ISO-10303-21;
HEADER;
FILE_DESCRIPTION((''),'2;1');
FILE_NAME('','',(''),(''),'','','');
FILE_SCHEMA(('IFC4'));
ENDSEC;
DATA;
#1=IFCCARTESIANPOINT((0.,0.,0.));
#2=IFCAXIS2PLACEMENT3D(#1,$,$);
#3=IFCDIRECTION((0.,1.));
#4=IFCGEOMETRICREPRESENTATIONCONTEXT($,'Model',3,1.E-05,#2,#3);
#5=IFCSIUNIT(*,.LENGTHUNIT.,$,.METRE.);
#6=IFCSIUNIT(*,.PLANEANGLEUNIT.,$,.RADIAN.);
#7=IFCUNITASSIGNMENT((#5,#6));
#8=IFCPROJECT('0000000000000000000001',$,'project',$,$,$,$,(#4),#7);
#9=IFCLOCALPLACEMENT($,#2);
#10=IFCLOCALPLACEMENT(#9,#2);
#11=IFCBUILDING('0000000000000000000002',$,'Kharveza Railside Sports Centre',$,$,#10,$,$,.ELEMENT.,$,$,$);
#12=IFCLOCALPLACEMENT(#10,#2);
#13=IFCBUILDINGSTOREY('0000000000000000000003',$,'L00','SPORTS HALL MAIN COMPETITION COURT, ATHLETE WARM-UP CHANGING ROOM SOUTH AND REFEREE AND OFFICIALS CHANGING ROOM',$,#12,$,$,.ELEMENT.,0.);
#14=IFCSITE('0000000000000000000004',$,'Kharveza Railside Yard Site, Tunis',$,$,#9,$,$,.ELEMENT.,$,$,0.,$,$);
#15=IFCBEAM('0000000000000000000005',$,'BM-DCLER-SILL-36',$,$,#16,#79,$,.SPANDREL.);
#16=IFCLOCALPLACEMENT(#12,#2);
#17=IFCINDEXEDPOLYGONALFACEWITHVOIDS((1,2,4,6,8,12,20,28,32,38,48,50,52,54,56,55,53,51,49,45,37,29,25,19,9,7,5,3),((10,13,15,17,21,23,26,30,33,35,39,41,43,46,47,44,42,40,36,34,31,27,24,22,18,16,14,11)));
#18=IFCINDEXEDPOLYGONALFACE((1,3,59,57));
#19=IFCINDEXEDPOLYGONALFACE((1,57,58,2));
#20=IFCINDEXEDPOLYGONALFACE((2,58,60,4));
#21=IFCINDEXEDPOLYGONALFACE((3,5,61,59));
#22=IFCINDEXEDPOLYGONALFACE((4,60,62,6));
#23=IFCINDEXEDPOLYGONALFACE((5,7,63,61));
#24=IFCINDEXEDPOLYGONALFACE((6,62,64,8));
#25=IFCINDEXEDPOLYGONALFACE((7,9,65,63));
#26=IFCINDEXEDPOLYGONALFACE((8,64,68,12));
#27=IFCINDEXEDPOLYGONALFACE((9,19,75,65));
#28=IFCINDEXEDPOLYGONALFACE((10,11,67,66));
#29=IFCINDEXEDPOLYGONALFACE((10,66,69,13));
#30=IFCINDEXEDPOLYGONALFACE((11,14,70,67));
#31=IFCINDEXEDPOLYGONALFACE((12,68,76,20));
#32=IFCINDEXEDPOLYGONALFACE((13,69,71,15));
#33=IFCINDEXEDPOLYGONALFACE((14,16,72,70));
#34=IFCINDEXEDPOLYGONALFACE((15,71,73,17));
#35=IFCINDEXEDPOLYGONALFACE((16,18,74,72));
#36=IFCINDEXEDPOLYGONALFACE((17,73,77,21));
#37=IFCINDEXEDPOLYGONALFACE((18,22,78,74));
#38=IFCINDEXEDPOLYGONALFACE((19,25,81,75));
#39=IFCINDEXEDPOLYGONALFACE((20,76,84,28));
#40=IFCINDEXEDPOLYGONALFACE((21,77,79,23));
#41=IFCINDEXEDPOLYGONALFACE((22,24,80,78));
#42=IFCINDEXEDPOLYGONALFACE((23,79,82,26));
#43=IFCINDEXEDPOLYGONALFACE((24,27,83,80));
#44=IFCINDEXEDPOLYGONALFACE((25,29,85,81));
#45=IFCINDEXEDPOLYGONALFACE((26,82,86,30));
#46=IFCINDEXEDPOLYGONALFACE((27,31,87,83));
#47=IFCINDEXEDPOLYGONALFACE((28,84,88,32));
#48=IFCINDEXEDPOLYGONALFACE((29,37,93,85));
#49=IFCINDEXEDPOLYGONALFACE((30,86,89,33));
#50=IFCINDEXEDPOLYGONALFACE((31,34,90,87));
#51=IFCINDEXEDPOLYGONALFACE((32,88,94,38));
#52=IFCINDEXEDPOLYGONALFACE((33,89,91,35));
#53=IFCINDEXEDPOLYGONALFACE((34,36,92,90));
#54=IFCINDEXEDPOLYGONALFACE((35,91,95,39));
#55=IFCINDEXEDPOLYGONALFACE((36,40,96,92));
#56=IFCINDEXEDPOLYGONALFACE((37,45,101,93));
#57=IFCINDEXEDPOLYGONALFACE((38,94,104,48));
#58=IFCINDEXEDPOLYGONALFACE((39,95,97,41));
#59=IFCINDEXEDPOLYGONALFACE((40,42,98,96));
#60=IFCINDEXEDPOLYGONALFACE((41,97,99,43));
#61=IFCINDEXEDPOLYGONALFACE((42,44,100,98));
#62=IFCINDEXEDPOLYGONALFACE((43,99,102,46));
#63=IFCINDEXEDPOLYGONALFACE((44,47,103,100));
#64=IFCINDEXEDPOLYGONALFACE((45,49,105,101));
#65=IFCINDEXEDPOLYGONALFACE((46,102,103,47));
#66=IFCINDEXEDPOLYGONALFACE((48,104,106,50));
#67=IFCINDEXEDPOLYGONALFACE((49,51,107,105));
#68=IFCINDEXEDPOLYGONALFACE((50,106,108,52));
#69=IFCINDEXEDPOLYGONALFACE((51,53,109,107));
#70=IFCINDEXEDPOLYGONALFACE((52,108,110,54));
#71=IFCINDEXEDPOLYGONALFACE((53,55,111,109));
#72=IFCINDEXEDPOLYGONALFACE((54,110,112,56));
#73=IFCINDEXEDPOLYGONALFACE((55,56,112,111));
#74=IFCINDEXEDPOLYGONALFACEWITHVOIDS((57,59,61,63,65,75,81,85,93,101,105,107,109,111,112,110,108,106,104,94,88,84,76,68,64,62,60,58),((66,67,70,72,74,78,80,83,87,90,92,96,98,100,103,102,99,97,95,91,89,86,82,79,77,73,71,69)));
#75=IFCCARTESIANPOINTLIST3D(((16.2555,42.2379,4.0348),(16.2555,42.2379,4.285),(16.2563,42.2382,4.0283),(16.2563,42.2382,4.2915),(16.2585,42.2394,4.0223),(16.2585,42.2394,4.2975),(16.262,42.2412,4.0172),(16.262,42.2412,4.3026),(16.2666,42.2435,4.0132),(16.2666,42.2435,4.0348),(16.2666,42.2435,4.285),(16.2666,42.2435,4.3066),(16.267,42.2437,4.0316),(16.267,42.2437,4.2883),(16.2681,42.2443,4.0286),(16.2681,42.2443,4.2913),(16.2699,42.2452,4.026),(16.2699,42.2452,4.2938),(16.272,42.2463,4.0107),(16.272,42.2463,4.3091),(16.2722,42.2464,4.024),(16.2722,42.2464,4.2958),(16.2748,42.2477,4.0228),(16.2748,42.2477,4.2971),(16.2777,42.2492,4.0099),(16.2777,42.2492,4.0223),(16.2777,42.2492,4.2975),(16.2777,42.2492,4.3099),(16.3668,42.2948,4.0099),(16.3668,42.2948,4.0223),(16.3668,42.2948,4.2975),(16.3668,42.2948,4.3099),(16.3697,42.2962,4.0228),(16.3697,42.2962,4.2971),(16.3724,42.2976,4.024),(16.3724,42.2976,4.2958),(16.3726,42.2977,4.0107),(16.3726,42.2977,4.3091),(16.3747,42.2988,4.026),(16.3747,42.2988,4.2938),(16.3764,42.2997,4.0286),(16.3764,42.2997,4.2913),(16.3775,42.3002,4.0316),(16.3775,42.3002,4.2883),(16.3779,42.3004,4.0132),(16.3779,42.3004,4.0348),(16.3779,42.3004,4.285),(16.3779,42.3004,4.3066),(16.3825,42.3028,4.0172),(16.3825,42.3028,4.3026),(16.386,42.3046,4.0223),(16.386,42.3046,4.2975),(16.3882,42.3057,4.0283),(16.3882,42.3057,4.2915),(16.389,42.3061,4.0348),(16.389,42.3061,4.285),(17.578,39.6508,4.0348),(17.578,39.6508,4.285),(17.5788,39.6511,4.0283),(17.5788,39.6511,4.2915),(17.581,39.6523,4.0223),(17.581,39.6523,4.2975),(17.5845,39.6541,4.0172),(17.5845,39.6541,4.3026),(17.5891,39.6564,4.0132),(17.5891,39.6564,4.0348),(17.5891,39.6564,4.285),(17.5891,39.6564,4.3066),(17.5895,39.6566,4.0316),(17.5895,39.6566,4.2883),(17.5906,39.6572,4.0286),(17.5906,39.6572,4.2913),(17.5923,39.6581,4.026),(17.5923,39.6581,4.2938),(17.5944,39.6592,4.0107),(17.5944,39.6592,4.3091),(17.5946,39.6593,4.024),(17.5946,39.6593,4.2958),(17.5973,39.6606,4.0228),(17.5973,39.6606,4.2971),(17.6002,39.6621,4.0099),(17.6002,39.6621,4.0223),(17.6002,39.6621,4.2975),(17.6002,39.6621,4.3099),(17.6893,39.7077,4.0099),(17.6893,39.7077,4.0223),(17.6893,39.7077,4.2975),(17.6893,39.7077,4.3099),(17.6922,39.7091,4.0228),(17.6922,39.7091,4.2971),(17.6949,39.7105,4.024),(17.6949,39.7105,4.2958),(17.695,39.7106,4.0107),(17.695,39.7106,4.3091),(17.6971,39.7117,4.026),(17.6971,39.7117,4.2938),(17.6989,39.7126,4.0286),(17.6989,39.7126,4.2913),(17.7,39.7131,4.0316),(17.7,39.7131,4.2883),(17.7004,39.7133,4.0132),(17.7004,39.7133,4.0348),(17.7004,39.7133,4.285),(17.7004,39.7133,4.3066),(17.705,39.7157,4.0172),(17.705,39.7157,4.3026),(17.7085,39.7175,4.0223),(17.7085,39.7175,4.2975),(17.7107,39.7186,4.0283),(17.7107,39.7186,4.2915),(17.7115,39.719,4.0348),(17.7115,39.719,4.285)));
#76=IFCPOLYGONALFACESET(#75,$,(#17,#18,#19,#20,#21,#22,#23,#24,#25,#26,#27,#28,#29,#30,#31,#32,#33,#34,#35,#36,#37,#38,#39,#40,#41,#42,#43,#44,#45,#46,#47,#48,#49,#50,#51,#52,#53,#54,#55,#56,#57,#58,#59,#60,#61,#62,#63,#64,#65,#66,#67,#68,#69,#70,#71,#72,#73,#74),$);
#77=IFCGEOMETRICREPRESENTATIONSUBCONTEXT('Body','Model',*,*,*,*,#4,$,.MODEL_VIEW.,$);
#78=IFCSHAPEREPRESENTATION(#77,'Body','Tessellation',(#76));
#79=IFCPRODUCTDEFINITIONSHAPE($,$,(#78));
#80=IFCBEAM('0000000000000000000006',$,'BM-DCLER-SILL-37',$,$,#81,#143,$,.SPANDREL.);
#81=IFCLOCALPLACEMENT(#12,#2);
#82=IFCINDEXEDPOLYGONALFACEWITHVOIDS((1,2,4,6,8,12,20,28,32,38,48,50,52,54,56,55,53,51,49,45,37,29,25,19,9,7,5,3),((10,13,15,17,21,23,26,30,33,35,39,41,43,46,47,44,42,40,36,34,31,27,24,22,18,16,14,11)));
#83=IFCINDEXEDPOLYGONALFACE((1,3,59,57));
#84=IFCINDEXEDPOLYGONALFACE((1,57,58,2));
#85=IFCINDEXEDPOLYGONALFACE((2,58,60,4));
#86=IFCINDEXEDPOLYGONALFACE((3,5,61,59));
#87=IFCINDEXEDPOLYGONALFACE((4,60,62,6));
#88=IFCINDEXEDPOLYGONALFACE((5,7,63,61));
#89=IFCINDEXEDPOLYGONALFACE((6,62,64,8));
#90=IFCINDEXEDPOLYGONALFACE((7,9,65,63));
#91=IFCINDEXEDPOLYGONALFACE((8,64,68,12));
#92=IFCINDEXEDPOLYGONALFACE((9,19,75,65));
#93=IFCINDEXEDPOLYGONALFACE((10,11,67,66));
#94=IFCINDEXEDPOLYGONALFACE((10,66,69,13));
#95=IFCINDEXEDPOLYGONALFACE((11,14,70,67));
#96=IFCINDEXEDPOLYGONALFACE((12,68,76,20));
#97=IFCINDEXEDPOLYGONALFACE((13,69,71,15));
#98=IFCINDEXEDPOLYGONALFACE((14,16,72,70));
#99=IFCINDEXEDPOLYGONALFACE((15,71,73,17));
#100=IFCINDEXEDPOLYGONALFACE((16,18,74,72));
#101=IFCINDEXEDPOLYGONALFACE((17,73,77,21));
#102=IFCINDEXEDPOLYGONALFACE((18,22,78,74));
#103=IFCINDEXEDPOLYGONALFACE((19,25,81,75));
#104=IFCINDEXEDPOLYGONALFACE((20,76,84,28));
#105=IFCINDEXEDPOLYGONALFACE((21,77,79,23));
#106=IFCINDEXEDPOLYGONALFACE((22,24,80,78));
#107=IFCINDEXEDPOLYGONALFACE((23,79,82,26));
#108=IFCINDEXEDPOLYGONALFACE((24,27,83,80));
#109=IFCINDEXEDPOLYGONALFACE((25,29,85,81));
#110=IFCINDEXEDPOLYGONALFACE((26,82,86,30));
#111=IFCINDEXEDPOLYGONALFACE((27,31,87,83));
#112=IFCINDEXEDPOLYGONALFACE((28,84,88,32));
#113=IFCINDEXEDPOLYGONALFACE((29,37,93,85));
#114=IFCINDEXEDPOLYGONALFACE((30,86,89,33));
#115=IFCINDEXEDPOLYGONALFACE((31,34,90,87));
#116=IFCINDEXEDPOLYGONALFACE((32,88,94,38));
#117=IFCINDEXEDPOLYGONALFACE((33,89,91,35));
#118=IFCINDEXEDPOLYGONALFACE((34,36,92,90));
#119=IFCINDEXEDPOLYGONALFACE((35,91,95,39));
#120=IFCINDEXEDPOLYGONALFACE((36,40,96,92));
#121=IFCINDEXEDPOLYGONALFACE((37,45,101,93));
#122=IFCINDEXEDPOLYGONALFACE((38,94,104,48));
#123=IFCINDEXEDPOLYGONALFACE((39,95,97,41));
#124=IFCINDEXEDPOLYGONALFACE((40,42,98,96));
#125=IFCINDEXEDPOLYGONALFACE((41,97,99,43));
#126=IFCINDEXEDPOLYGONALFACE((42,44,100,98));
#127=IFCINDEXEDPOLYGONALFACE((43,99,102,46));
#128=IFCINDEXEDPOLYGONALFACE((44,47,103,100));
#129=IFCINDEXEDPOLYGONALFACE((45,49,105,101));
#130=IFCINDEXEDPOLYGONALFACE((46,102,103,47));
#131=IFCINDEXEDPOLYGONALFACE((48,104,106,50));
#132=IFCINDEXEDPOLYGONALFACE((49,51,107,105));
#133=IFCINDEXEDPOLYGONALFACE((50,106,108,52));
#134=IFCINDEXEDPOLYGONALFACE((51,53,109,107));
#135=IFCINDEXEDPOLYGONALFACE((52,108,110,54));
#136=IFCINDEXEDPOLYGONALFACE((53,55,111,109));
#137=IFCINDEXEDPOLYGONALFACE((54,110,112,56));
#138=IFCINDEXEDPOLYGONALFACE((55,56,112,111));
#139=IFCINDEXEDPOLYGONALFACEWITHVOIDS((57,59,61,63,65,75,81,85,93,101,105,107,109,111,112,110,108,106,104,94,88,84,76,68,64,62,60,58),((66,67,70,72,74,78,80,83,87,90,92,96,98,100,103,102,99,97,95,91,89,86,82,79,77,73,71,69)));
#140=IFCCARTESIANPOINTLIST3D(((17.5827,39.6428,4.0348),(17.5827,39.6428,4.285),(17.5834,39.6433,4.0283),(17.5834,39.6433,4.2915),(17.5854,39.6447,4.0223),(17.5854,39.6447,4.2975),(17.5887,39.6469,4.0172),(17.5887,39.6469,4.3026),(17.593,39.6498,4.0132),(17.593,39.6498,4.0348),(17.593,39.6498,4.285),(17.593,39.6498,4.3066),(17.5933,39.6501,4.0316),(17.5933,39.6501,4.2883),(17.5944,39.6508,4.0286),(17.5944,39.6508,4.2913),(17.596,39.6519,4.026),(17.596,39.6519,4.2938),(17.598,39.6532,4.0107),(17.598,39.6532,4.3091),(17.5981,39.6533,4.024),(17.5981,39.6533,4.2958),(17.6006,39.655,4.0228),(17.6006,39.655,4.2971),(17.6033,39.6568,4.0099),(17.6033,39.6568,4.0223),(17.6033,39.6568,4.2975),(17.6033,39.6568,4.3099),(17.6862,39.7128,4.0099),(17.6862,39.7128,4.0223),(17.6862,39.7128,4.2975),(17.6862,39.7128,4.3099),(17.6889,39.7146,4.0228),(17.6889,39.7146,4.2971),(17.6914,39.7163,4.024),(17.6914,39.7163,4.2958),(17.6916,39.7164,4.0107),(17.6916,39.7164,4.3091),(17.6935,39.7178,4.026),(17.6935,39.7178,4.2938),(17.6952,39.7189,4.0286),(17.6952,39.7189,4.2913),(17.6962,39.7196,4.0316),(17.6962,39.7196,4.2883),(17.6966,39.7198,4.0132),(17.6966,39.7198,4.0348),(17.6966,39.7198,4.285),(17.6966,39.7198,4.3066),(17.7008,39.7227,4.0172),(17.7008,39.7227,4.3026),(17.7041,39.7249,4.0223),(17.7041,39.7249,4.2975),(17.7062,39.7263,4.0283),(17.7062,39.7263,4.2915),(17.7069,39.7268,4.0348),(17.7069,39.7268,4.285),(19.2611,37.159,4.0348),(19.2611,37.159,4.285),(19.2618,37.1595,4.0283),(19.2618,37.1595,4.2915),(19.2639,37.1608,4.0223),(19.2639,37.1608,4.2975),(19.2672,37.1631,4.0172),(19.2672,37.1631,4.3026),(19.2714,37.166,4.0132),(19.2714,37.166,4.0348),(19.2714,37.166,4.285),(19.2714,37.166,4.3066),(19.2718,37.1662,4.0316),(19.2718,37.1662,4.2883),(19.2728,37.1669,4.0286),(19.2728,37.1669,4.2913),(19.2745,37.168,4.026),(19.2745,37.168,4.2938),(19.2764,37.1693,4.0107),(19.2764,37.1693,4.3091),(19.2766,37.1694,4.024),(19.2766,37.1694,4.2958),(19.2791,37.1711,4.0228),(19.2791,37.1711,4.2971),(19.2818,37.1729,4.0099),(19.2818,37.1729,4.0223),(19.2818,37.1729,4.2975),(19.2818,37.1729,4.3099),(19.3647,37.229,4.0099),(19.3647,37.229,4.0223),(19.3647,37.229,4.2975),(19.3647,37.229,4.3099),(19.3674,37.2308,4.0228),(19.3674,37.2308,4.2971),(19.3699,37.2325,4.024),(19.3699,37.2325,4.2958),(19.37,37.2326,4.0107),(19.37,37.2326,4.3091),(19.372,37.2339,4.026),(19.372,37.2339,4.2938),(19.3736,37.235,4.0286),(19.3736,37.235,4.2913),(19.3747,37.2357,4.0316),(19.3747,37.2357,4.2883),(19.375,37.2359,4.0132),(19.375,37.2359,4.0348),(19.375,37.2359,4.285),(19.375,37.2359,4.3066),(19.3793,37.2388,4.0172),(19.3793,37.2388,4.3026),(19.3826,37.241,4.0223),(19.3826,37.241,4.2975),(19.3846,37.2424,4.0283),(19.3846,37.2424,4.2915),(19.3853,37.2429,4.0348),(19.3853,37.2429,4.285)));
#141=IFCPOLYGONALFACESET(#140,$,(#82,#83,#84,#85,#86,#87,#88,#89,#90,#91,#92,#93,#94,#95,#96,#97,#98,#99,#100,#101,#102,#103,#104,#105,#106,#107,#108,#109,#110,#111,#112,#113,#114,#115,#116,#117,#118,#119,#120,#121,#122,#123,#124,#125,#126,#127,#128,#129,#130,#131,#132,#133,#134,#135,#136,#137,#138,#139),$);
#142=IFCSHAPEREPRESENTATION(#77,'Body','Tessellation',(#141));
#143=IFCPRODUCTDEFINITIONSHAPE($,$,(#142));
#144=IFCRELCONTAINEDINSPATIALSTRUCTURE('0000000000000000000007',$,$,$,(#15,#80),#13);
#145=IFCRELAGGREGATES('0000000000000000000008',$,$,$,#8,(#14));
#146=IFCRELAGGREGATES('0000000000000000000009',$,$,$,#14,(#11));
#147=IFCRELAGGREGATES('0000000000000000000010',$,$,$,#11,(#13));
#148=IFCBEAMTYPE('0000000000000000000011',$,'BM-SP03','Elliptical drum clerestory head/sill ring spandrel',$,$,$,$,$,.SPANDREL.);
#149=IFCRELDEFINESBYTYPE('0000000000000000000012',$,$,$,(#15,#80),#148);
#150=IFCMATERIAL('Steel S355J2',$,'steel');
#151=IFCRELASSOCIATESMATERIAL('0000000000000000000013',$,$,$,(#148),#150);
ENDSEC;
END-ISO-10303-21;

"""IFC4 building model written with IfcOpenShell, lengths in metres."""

from ifc_helpers import new_model, si_unit, direction, frame, origin, origin_2d, place, context, subcontext, project, spatial, hollow_rectangle, extrude, material, material_profile, profile_set, type_object, element, save


model = new_model("IFC4")

# Units and contexts
model_context = context("Model", 3, precision=1e-05, world=origin(), true_north=direction((0.0, 1.0)))
body_context = subcontext(model_context, "Body", "Model", "MODEL_VIEW")
ifc_project = project(units=[si_unit("LENGTHUNIT", "METRE"), si_unit("PLANEANGLEUNIT", "RADIAN")], contexts=[model_context])

# Site, building, storey
site_placement = place(None, origin())
site = spatial("IfcSite", under=ifc_project, at=site_placement, Name="Kharveza Railside Yard Site, Tunis", CompositionType="ELEMENT", RefElevation=0.0)
building_placement = place(site_placement, origin())
building = spatial("IfcBuilding", under=site, at=building_placement, Name="Kharveza Railside Sports Centre", CompositionType="ELEMENT")
storey_placement = place(building_placement, origin())
storey = spatial("IfcBuildingStorey", under=building, at=storey_placement, Name="L00", Description="SPORTS HALL MAIN COMPETITION COURT, ATHLETE WARM-UP CHANGING ROOM SOUTH AND REFEREE AND OFFICIALS CHANGING ROOM", CompositionType="ELEMENT", Elevation=0.0)

# Shared definitions
ifc_material_1 = material(Name="Steel S355J2", Category="steel")

# Beams
ifc_material_profile_1 = material_profile(ifc_material_1, hollow_rectangle(XDim=0.1499, YDim=0.3, WallThickness=0.0125, InnerFilletRadius=0.0125, OuterFilletRadius=0.0249, at=origin_2d()), Name="RHS 150x300x12.5")
ifc_profile_set_1 = profile_set([ifc_material_profile_1], Name="Steel S355J2")
beam_type_1 = type_object("IfcBeamType", Name="BM-SP03", Description="Elliptical drum clerestory head/sill ring spandrel", PredefinedType="SPANDREL", material=ifc_profile_set_1)
beam_1_placement = place(storey_placement, frame((16.3223, 42.272, 4.1599), z_axis=(0.455161, -0.890409, 0.0), x_axis=(0.890409, 0.455161, 0.0)))
element("IfcBeam", 1, at=beam_1_placement, inside=storey, type_object=beam_type_1, Name="BM-DCLER-SILL-36", PredefinedType="SPANDREL", context=body_context, shape_type="SweptSolid", body=[
    extrude(hollow_rectangle(XDim=0.1499, YDim=0.3, WallThickness=0.0125, InnerFilletRadius=0.0125, OuterFilletRadius=0.0249, at=origin_2d()), origin(), (0.0, 0.0, 1.0), 2.9055),
])
beam_2_placement = place(storey_placement, frame((17.6448, 39.6848, 4.1599), z_axis=(0.559895, -0.828563, 0.0), x_axis=(0.828563, 0.559895, 0.0)))
element("IfcBeam", 2, at=beam_2_placement, inside=storey, type_object=beam_type_1, Name="BM-DCLER-SILL-37", PredefinedType="SPANDREL", context=body_context, shape_type="SweptSolid", body=[
    extrude(hollow_rectangle(XDim=0.1499, YDim=0.3, WallThickness=0.0125, InnerFilletRadius=0.0125, OuterFilletRadius=0.0249, at=origin_2d()), origin(), (0.0, 0.0, 1.0), 2.9978),
])

save(model, "model.ifc")
